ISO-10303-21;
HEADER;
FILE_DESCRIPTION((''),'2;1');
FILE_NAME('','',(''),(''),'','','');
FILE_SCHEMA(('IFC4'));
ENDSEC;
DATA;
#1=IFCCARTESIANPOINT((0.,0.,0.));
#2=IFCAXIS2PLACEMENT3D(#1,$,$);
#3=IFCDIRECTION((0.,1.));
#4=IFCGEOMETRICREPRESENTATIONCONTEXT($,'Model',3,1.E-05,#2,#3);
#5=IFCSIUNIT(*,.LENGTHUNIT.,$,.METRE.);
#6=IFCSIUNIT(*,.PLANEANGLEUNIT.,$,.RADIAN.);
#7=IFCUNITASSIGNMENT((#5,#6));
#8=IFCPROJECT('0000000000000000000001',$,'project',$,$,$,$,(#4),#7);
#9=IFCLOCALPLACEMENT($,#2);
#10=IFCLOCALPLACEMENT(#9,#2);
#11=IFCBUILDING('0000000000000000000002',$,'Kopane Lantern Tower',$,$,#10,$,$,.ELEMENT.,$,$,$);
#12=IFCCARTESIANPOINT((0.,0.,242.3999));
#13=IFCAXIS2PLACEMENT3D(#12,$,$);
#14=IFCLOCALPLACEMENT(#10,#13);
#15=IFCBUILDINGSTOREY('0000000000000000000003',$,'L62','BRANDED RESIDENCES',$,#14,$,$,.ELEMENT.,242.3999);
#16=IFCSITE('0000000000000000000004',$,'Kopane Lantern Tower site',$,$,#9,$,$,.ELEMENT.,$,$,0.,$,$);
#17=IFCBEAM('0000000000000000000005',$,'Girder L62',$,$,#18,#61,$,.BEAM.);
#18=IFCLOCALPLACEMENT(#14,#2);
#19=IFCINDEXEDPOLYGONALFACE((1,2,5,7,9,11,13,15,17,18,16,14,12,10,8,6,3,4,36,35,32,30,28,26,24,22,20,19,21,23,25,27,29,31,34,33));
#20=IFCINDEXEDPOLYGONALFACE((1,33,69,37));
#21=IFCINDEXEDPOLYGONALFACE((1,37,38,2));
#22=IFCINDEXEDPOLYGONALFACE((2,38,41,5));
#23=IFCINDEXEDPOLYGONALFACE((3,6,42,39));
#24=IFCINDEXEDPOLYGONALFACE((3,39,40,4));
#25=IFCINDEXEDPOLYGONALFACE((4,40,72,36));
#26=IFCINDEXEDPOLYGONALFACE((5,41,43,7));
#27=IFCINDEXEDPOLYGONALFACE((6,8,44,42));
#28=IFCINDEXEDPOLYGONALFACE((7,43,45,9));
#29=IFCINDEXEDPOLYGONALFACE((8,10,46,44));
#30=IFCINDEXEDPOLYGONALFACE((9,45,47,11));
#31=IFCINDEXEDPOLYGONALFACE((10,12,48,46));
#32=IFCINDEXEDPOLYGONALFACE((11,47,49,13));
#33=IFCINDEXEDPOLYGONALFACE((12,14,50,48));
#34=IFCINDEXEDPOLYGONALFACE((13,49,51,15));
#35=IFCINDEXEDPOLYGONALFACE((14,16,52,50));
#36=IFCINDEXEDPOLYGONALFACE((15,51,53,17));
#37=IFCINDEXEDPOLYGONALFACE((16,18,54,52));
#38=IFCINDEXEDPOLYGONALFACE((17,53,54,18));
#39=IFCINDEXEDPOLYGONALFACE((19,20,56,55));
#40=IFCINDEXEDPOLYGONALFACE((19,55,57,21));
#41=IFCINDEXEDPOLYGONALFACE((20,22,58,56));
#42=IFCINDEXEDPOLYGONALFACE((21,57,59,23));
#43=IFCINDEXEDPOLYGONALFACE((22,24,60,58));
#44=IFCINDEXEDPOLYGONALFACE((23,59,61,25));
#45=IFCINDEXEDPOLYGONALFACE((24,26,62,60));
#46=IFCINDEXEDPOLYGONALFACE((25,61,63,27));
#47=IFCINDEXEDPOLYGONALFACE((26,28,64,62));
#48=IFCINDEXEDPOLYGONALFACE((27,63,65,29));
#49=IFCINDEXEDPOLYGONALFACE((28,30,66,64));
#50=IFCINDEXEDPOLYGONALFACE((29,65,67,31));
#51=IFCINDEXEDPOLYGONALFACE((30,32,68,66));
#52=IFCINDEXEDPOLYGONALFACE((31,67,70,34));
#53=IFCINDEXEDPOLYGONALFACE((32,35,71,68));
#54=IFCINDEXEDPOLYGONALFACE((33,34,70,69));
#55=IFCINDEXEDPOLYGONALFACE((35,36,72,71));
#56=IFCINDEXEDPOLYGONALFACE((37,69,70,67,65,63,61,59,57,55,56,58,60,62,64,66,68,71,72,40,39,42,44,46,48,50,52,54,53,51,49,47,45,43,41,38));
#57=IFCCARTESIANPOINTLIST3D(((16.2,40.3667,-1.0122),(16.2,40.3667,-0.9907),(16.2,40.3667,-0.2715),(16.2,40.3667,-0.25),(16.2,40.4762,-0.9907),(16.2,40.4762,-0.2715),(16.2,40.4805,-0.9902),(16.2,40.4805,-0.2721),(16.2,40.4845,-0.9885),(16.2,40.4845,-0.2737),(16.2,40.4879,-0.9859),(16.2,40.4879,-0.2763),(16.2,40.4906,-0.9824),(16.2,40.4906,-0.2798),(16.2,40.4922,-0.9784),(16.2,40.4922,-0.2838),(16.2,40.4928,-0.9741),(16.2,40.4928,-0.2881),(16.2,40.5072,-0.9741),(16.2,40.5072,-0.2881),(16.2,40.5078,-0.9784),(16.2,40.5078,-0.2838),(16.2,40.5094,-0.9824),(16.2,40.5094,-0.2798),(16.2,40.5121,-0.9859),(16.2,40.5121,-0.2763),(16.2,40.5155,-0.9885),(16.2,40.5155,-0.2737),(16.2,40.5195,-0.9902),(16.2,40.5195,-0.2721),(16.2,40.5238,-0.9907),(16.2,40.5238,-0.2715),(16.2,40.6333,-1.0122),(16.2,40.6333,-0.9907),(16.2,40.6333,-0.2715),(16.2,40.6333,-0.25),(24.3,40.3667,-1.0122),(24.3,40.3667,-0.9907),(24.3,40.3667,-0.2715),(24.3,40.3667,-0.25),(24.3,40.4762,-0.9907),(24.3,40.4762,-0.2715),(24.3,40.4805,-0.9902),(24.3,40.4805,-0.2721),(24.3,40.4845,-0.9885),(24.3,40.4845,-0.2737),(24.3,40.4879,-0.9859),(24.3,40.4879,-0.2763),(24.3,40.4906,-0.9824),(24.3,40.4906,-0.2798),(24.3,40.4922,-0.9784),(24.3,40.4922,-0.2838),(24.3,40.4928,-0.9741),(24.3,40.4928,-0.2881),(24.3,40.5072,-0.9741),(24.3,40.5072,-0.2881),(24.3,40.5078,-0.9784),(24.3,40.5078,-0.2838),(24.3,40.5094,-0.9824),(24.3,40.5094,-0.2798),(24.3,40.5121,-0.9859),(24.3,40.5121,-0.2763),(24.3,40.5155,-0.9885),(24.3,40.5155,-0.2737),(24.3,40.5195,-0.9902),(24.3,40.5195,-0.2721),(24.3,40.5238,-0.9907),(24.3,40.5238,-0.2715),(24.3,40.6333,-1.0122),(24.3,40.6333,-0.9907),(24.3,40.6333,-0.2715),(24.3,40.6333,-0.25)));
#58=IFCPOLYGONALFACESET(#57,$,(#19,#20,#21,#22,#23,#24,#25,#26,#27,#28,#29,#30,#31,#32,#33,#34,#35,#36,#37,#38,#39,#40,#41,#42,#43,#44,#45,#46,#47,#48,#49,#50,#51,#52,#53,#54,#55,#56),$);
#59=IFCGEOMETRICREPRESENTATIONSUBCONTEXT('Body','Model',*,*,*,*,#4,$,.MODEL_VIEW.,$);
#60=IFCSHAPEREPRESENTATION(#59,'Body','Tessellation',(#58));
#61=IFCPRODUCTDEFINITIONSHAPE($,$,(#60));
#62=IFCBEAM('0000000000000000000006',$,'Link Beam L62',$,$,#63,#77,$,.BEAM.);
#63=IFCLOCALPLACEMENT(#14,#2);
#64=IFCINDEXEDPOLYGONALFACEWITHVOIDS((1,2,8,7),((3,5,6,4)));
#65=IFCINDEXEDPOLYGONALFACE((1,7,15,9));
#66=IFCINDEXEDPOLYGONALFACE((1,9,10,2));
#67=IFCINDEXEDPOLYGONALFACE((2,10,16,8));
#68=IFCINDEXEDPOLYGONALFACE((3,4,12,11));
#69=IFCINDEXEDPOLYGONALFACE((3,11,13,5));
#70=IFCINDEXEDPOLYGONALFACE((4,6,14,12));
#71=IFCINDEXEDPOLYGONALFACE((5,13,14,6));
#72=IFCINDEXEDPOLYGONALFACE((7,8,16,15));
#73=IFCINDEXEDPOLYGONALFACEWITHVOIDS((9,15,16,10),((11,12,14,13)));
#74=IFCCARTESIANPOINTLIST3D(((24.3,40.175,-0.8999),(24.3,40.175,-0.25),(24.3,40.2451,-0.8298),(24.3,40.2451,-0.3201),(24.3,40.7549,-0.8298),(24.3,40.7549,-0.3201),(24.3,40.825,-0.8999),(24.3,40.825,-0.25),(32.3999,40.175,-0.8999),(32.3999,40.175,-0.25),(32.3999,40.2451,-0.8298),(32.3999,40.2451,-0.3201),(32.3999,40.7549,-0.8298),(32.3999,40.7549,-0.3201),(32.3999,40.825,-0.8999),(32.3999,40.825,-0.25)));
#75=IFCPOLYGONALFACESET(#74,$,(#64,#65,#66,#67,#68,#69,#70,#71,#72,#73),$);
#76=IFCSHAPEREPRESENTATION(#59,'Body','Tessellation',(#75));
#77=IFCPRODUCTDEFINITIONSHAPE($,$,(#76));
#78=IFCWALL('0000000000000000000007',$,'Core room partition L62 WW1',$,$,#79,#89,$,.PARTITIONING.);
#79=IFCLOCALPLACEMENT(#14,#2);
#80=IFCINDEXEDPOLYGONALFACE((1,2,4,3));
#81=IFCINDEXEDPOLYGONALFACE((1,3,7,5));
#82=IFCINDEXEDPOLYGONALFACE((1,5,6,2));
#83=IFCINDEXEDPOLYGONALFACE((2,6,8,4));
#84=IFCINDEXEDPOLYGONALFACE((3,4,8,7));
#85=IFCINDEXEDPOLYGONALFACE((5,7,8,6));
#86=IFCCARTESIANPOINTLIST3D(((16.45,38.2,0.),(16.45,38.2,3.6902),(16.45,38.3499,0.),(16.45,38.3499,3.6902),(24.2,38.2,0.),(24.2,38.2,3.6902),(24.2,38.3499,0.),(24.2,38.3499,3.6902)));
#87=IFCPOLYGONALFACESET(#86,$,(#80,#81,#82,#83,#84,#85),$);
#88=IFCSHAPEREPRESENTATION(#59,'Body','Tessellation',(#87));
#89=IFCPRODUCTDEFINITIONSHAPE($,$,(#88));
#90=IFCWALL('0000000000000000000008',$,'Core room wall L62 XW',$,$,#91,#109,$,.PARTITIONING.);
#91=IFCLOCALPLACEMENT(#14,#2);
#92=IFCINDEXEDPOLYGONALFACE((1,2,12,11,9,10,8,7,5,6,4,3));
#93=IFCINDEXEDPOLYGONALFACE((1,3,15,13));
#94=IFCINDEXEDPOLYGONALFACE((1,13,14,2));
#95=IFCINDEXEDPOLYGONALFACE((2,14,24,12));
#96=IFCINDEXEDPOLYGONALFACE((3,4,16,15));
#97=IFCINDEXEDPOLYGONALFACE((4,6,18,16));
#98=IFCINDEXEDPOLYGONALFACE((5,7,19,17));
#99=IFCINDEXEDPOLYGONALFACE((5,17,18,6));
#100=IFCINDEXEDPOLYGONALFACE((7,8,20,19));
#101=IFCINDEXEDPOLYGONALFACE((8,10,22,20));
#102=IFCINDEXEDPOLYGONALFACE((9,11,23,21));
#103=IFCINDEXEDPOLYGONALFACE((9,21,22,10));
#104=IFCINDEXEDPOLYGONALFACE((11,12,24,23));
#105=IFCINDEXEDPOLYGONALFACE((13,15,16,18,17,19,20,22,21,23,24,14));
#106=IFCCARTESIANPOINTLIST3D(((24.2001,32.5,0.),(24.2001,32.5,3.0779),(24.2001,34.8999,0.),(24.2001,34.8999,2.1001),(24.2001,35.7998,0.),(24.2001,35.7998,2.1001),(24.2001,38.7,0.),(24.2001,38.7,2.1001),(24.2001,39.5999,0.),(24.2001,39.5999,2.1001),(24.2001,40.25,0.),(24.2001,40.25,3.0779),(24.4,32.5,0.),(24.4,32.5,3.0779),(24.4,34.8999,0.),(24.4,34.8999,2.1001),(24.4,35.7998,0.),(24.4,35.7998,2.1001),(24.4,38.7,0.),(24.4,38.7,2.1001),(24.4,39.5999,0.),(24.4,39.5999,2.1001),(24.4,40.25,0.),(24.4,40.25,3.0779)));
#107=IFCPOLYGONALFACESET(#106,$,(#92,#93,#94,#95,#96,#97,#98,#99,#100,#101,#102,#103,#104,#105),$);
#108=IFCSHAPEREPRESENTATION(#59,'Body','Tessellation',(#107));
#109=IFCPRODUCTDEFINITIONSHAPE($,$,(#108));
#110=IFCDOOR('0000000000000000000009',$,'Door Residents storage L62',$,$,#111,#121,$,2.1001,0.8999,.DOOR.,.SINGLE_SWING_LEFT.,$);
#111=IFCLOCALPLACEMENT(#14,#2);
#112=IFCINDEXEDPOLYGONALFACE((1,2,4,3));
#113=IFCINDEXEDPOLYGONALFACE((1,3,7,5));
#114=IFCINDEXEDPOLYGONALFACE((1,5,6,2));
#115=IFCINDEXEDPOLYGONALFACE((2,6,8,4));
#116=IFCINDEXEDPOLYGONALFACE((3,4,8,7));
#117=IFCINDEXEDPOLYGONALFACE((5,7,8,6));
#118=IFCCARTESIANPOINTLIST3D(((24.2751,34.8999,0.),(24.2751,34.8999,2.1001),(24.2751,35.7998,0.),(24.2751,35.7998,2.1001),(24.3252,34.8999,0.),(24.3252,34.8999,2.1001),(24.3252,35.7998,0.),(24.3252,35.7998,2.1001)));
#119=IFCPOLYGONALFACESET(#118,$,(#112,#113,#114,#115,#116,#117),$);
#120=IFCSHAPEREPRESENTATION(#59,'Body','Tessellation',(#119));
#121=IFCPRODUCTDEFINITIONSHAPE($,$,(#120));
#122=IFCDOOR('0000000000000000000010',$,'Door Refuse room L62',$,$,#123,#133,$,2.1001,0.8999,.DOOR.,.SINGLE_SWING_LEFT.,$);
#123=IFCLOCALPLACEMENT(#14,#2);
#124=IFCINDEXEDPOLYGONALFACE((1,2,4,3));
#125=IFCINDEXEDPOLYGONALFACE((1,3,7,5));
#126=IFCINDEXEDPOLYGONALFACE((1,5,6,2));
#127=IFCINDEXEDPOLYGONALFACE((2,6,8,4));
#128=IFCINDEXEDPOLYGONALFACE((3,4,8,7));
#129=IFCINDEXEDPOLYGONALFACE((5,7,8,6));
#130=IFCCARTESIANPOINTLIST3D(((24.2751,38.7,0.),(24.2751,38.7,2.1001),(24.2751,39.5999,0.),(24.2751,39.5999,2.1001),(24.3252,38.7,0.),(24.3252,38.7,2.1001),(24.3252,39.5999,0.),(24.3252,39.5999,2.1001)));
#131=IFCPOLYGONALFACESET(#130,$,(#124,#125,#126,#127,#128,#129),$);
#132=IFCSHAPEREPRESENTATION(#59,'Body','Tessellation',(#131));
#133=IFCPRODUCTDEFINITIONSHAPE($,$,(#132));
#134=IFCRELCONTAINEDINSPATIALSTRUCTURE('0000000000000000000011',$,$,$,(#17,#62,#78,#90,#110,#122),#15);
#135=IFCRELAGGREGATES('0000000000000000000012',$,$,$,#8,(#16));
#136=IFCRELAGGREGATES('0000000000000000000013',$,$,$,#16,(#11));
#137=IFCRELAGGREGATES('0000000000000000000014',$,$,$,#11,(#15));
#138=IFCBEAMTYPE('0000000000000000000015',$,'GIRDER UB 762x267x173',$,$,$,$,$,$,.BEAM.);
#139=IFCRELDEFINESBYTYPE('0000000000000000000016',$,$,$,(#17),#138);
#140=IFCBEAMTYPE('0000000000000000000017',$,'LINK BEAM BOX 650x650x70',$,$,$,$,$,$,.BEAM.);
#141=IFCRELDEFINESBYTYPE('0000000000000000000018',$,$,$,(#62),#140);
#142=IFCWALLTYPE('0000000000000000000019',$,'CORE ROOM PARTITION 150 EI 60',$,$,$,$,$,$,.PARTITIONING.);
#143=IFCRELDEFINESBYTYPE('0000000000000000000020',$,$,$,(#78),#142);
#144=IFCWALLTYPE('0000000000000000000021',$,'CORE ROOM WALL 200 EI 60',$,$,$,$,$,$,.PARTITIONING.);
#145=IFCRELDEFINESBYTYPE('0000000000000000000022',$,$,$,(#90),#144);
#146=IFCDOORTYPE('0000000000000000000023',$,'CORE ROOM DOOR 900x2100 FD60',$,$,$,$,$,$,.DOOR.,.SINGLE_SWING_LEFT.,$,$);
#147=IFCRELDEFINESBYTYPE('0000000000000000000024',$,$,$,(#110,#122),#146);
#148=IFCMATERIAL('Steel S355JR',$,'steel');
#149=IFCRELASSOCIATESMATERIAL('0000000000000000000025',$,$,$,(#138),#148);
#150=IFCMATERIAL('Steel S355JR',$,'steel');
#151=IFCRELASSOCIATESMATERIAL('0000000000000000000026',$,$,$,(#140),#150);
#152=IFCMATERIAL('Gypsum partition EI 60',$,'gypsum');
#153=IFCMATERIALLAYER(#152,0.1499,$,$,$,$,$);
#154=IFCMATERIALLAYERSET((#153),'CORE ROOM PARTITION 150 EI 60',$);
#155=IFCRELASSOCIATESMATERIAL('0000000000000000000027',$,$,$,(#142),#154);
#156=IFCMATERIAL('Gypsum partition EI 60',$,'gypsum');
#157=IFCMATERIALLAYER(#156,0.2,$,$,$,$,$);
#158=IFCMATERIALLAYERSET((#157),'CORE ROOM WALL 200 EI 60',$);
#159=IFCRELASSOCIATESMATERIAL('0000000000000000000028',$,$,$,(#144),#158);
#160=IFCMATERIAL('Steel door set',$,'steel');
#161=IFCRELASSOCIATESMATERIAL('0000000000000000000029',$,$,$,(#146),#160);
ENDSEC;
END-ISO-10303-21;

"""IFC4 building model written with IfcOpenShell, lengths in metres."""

from ifc_helpers import new_model, si_unit, direction, frame, frame_2d, origin, origin_2d, place, context, subcontext, project, spatial, rectangle, hollow_rectangle, i_section, extrude, material, layer, layer_set, material_profile, profile_set, type_object, element, fill, save


model = new_model("IFC4")

# Units and contexts
model_context = context("Model", 3, precision=1e-05, world=origin(), true_north=direction((0.0, 1.0)))
body_context = subcontext(model_context, "Body", "Model", "MODEL_VIEW")
ifc_project = project(units=[si_unit("LENGTHUNIT", "METRE"), si_unit("PLANEANGLEUNIT", "RADIAN")], contexts=[model_context])

# Site, building, storey
site_placement = place(None, origin())
site = spatial("IfcSite", under=ifc_project, at=site_placement, Name="Kopane Lantern Tower site", CompositionType="ELEMENT", RefElevation=0.0)
building_placement = place(site_placement, origin())
building = spatial("IfcBuilding", under=site, at=building_placement, Name="Kopane Lantern Tower", CompositionType="ELEMENT")
storey_placement = place(building_placement, frame((0.0, 0.0, 242.3999)))
storey = spatial("IfcBuildingStorey", under=building, at=storey_placement, Name="L62", Description="BRANDED RESIDENCES", CompositionType="ELEMENT", Elevation=242.3999)

# Beams
ifc_material_1 = material(Name="Steel S355JR", Category="steel")
ifc_material_profile_1 = material_profile(ifc_material_1, i_section(OverallWidth=0.2666, OverallDepth=0.7622, WebThickness=0.0144, FlangeThickness=0.0215, FilletRadius=0.0166, at=origin_2d()), Name="UB 762x267x173")
ifc_profile_set_1 = profile_set([ifc_material_profile_1], Name="Steel S355JR")
beam_type_1 = type_object("IfcBeamType", Name="GIRDER UB 762x267x173", PredefinedType="BEAM", material=ifc_profile_set_1)
beam_1_placement = place(storey_placement, frame((16.2, 40.5, -0.6311), z_axis=(1.0, 0.0, 0.0), x_axis=(0.0, 1.0, 0.0)))
element("IfcBeam", 1, at=beam_1_placement, inside=storey, type_object=beam_type_1, Name="Girder L62", PredefinedType="BEAM", context=body_context, shape_type="SweptSolid", body=[
    extrude(i_section(OverallWidth=0.2666, OverallDepth=0.7622, WebThickness=0.0144, FlangeThickness=0.0215, FilletRadius=0.0166, at=origin_2d()), origin(), (0.0, 0.0, 1.0), 8.1001),
])
ifc_material_2 = material(Name="Steel S355JR", Category="steel")
ifc_material_profile_2 = material_profile(ifc_material_2, hollow_rectangle(XDim=0.6499, YDim=0.6499, WallThickness=0.0701, at=origin_2d()), Name="BOX 650x650x70")
ifc_profile_set_2 = profile_set([ifc_material_profile_2], Name="Steel S355JR")
beam_type_2 = type_object("IfcBeamType", Name="LINK BEAM BOX 650x650x70", PredefinedType="BEAM", material=ifc_profile_set_2)
beam_2_placement = place(storey_placement, frame((24.3, 40.5, -0.575), z_axis=(1.0, 0.0, 0.0), x_axis=(0.0, 1.0, 0.0)))
element("IfcBeam", 2, at=beam_2_placement, inside=storey, type_object=beam_type_2, Name="Link Beam L62", PredefinedType="BEAM", context=body_context, shape_type="SweptSolid", body=[
    extrude(hollow_rectangle(XDim=0.6499, YDim=0.6499, WallThickness=0.0701, at=origin_2d()), origin(), (0.0, 0.0, 1.0), 8.0999),
])

# Wall
ifc_material_3 = material(Name="Gypsum partition EI 60", Category="gypsum")
ifc_layer_1 = layer(ifc_material_3, 0.1499)
ifc_layer_set_1 = layer_set([ifc_layer_1], Name="CORE ROOM PARTITION 150 EI 60")
wall_type_1 = type_object("IfcWallType", Name="CORE ROOM PARTITION 150 EI 60", PredefinedType="PARTITIONING", material=ifc_layer_set_1)
wall_1_placement = place(storey_placement, frame((16.45, 38.2749, 0.0), z_axis=(0.0, 0.0, 1.0), x_axis=(1.0, 0.0, 0.0)))
element("IfcWall", 3, at=wall_1_placement, inside=storey, type_object=wall_type_1, Name="Core room partition L62 WW1", PredefinedType="PARTITIONING", context=body_context, shape_type="SweptSolid", body=[
    extrude(rectangle(XDim=7.75, YDim=0.1499, at=frame_2d((3.875, 0.0))), origin(), (0.0, 0.0, 1.0), 3.6902),
])

# Wall, openings, doors
ifc_material_4 = material(Name="Gypsum partition EI 60", Category="gypsum")
ifc_layer_2 = layer(ifc_material_4, 0.2)
ifc_layer_set_2 = layer_set([ifc_layer_2], Name="CORE ROOM WALL 200 EI 60")
wall_type_2 = type_object("IfcWallType", Name="CORE ROOM WALL 200 EI 60", PredefinedType="PARTITIONING", material=ifc_layer_set_2)
wall_2_placement = place(storey_placement, frame((24.3, 32.5, 0.0), z_axis=(0.0, 0.0, 1.0), x_axis=(0.0, 1.0, 0.0)))
wall_2 = element("IfcWall", 4, at=wall_2_placement, inside=storey, type_object=wall_type_2, Name="Core room wall L62 XW", PredefinedType="PARTITIONING", context=body_context, shape_type="SweptSolid", body=[
    extrude(rectangle(XDim=7.75, YDim=0.2, at=frame_2d((3.875, 0.0))), origin(), (0.0, 0.0, 1.0), 3.0779),
])
opening_1_placement = place(wall_2_placement, frame((2.3999, 0.0, 0.0)))
opening_1 = element("IfcOpeningElement", 5, at=opening_1_placement, cuts=wall_2, PredefinedType="OPENING", context=body_context, shape_type="SweptSolid", body=[
    extrude(rectangle(XDim=0.8999, YDim=2.1001, at=frame_2d((0.45, 1.05))), frame((0.0, 0.1099, 0.0), z_axis=(0.0, -1.0, 0.0), x_axis=(1.0, 0.0, 0.0)), (0.0, 0.0, 1.0), 0.22),
])
opening_2_placement = place(wall_2_placement, frame((6.2, 0.0, 0.0)))
opening_2 = element("IfcOpeningElement", 6, at=opening_2_placement, cuts=wall_2, PredefinedType="OPENING", context=body_context, shape_type="SweptSolid", body=[
    extrude(rectangle(XDim=0.8999, YDim=2.1001, at=frame_2d((0.45, 1.05))), frame((0.0, 0.1099, 0.0), z_axis=(0.0, -1.0, 0.0), x_axis=(1.0, 0.0, 0.0)), (0.0, 0.0, 1.0), 0.22),
])
ifc_material_5 = material(Name="Steel door set", Category="steel")
door_type_1 = type_object("IfcDoorType", Name="CORE ROOM DOOR 900x2100 FD60", OperationType="SINGLE_SWING_LEFT", PredefinedType="DOOR", material=ifc_material_5)
door_1_placement = place(opening_1_placement, origin())
door_1 = element("IfcDoor", 7, at=door_1_placement, inside=storey, type_object=door_type_1, Name="Door Residents storage L62", OperationType="SINGLE_SWING_LEFT", OverallHeight=2.1001, OverallWidth=0.8999, PredefinedType="DOOR", context=body_context, shape_type="SweptSolid", body=[
    extrude(rectangle(XDim=0.8999, YDim=2.1001, at=frame_2d((0.45, 1.05))), frame((0.0, 0.0249, 0.0), z_axis=(0.0, -1.0, 0.0), x_axis=(1.0, 0.0, 0.0)), (0.0, 0.0, 1.0), 0.05),
])
fill(opening_1, door_1)
door_2_placement = place(opening_2_placement, origin())
door_2 = element("IfcDoor", 8, at=door_2_placement, inside=storey, type_object=door_type_1, Name="Door Refuse room L62", OperationType="SINGLE_SWING_LEFT", OverallHeight=2.1001, OverallWidth=0.8999, PredefinedType="DOOR", context=body_context, shape_type="SweptSolid", body=[
    extrude(rectangle(XDim=0.8999, YDim=2.1001, at=frame_2d((0.45, 1.05))), frame((0.0, 0.0249, 0.0), z_axis=(0.0, -1.0, 0.0), x_axis=(1.0, 0.0, 0.0)), (0.0, 0.0, 1.0), 0.05),
])
fill(opening_2, door_2)

save(model, "model.ifc")
